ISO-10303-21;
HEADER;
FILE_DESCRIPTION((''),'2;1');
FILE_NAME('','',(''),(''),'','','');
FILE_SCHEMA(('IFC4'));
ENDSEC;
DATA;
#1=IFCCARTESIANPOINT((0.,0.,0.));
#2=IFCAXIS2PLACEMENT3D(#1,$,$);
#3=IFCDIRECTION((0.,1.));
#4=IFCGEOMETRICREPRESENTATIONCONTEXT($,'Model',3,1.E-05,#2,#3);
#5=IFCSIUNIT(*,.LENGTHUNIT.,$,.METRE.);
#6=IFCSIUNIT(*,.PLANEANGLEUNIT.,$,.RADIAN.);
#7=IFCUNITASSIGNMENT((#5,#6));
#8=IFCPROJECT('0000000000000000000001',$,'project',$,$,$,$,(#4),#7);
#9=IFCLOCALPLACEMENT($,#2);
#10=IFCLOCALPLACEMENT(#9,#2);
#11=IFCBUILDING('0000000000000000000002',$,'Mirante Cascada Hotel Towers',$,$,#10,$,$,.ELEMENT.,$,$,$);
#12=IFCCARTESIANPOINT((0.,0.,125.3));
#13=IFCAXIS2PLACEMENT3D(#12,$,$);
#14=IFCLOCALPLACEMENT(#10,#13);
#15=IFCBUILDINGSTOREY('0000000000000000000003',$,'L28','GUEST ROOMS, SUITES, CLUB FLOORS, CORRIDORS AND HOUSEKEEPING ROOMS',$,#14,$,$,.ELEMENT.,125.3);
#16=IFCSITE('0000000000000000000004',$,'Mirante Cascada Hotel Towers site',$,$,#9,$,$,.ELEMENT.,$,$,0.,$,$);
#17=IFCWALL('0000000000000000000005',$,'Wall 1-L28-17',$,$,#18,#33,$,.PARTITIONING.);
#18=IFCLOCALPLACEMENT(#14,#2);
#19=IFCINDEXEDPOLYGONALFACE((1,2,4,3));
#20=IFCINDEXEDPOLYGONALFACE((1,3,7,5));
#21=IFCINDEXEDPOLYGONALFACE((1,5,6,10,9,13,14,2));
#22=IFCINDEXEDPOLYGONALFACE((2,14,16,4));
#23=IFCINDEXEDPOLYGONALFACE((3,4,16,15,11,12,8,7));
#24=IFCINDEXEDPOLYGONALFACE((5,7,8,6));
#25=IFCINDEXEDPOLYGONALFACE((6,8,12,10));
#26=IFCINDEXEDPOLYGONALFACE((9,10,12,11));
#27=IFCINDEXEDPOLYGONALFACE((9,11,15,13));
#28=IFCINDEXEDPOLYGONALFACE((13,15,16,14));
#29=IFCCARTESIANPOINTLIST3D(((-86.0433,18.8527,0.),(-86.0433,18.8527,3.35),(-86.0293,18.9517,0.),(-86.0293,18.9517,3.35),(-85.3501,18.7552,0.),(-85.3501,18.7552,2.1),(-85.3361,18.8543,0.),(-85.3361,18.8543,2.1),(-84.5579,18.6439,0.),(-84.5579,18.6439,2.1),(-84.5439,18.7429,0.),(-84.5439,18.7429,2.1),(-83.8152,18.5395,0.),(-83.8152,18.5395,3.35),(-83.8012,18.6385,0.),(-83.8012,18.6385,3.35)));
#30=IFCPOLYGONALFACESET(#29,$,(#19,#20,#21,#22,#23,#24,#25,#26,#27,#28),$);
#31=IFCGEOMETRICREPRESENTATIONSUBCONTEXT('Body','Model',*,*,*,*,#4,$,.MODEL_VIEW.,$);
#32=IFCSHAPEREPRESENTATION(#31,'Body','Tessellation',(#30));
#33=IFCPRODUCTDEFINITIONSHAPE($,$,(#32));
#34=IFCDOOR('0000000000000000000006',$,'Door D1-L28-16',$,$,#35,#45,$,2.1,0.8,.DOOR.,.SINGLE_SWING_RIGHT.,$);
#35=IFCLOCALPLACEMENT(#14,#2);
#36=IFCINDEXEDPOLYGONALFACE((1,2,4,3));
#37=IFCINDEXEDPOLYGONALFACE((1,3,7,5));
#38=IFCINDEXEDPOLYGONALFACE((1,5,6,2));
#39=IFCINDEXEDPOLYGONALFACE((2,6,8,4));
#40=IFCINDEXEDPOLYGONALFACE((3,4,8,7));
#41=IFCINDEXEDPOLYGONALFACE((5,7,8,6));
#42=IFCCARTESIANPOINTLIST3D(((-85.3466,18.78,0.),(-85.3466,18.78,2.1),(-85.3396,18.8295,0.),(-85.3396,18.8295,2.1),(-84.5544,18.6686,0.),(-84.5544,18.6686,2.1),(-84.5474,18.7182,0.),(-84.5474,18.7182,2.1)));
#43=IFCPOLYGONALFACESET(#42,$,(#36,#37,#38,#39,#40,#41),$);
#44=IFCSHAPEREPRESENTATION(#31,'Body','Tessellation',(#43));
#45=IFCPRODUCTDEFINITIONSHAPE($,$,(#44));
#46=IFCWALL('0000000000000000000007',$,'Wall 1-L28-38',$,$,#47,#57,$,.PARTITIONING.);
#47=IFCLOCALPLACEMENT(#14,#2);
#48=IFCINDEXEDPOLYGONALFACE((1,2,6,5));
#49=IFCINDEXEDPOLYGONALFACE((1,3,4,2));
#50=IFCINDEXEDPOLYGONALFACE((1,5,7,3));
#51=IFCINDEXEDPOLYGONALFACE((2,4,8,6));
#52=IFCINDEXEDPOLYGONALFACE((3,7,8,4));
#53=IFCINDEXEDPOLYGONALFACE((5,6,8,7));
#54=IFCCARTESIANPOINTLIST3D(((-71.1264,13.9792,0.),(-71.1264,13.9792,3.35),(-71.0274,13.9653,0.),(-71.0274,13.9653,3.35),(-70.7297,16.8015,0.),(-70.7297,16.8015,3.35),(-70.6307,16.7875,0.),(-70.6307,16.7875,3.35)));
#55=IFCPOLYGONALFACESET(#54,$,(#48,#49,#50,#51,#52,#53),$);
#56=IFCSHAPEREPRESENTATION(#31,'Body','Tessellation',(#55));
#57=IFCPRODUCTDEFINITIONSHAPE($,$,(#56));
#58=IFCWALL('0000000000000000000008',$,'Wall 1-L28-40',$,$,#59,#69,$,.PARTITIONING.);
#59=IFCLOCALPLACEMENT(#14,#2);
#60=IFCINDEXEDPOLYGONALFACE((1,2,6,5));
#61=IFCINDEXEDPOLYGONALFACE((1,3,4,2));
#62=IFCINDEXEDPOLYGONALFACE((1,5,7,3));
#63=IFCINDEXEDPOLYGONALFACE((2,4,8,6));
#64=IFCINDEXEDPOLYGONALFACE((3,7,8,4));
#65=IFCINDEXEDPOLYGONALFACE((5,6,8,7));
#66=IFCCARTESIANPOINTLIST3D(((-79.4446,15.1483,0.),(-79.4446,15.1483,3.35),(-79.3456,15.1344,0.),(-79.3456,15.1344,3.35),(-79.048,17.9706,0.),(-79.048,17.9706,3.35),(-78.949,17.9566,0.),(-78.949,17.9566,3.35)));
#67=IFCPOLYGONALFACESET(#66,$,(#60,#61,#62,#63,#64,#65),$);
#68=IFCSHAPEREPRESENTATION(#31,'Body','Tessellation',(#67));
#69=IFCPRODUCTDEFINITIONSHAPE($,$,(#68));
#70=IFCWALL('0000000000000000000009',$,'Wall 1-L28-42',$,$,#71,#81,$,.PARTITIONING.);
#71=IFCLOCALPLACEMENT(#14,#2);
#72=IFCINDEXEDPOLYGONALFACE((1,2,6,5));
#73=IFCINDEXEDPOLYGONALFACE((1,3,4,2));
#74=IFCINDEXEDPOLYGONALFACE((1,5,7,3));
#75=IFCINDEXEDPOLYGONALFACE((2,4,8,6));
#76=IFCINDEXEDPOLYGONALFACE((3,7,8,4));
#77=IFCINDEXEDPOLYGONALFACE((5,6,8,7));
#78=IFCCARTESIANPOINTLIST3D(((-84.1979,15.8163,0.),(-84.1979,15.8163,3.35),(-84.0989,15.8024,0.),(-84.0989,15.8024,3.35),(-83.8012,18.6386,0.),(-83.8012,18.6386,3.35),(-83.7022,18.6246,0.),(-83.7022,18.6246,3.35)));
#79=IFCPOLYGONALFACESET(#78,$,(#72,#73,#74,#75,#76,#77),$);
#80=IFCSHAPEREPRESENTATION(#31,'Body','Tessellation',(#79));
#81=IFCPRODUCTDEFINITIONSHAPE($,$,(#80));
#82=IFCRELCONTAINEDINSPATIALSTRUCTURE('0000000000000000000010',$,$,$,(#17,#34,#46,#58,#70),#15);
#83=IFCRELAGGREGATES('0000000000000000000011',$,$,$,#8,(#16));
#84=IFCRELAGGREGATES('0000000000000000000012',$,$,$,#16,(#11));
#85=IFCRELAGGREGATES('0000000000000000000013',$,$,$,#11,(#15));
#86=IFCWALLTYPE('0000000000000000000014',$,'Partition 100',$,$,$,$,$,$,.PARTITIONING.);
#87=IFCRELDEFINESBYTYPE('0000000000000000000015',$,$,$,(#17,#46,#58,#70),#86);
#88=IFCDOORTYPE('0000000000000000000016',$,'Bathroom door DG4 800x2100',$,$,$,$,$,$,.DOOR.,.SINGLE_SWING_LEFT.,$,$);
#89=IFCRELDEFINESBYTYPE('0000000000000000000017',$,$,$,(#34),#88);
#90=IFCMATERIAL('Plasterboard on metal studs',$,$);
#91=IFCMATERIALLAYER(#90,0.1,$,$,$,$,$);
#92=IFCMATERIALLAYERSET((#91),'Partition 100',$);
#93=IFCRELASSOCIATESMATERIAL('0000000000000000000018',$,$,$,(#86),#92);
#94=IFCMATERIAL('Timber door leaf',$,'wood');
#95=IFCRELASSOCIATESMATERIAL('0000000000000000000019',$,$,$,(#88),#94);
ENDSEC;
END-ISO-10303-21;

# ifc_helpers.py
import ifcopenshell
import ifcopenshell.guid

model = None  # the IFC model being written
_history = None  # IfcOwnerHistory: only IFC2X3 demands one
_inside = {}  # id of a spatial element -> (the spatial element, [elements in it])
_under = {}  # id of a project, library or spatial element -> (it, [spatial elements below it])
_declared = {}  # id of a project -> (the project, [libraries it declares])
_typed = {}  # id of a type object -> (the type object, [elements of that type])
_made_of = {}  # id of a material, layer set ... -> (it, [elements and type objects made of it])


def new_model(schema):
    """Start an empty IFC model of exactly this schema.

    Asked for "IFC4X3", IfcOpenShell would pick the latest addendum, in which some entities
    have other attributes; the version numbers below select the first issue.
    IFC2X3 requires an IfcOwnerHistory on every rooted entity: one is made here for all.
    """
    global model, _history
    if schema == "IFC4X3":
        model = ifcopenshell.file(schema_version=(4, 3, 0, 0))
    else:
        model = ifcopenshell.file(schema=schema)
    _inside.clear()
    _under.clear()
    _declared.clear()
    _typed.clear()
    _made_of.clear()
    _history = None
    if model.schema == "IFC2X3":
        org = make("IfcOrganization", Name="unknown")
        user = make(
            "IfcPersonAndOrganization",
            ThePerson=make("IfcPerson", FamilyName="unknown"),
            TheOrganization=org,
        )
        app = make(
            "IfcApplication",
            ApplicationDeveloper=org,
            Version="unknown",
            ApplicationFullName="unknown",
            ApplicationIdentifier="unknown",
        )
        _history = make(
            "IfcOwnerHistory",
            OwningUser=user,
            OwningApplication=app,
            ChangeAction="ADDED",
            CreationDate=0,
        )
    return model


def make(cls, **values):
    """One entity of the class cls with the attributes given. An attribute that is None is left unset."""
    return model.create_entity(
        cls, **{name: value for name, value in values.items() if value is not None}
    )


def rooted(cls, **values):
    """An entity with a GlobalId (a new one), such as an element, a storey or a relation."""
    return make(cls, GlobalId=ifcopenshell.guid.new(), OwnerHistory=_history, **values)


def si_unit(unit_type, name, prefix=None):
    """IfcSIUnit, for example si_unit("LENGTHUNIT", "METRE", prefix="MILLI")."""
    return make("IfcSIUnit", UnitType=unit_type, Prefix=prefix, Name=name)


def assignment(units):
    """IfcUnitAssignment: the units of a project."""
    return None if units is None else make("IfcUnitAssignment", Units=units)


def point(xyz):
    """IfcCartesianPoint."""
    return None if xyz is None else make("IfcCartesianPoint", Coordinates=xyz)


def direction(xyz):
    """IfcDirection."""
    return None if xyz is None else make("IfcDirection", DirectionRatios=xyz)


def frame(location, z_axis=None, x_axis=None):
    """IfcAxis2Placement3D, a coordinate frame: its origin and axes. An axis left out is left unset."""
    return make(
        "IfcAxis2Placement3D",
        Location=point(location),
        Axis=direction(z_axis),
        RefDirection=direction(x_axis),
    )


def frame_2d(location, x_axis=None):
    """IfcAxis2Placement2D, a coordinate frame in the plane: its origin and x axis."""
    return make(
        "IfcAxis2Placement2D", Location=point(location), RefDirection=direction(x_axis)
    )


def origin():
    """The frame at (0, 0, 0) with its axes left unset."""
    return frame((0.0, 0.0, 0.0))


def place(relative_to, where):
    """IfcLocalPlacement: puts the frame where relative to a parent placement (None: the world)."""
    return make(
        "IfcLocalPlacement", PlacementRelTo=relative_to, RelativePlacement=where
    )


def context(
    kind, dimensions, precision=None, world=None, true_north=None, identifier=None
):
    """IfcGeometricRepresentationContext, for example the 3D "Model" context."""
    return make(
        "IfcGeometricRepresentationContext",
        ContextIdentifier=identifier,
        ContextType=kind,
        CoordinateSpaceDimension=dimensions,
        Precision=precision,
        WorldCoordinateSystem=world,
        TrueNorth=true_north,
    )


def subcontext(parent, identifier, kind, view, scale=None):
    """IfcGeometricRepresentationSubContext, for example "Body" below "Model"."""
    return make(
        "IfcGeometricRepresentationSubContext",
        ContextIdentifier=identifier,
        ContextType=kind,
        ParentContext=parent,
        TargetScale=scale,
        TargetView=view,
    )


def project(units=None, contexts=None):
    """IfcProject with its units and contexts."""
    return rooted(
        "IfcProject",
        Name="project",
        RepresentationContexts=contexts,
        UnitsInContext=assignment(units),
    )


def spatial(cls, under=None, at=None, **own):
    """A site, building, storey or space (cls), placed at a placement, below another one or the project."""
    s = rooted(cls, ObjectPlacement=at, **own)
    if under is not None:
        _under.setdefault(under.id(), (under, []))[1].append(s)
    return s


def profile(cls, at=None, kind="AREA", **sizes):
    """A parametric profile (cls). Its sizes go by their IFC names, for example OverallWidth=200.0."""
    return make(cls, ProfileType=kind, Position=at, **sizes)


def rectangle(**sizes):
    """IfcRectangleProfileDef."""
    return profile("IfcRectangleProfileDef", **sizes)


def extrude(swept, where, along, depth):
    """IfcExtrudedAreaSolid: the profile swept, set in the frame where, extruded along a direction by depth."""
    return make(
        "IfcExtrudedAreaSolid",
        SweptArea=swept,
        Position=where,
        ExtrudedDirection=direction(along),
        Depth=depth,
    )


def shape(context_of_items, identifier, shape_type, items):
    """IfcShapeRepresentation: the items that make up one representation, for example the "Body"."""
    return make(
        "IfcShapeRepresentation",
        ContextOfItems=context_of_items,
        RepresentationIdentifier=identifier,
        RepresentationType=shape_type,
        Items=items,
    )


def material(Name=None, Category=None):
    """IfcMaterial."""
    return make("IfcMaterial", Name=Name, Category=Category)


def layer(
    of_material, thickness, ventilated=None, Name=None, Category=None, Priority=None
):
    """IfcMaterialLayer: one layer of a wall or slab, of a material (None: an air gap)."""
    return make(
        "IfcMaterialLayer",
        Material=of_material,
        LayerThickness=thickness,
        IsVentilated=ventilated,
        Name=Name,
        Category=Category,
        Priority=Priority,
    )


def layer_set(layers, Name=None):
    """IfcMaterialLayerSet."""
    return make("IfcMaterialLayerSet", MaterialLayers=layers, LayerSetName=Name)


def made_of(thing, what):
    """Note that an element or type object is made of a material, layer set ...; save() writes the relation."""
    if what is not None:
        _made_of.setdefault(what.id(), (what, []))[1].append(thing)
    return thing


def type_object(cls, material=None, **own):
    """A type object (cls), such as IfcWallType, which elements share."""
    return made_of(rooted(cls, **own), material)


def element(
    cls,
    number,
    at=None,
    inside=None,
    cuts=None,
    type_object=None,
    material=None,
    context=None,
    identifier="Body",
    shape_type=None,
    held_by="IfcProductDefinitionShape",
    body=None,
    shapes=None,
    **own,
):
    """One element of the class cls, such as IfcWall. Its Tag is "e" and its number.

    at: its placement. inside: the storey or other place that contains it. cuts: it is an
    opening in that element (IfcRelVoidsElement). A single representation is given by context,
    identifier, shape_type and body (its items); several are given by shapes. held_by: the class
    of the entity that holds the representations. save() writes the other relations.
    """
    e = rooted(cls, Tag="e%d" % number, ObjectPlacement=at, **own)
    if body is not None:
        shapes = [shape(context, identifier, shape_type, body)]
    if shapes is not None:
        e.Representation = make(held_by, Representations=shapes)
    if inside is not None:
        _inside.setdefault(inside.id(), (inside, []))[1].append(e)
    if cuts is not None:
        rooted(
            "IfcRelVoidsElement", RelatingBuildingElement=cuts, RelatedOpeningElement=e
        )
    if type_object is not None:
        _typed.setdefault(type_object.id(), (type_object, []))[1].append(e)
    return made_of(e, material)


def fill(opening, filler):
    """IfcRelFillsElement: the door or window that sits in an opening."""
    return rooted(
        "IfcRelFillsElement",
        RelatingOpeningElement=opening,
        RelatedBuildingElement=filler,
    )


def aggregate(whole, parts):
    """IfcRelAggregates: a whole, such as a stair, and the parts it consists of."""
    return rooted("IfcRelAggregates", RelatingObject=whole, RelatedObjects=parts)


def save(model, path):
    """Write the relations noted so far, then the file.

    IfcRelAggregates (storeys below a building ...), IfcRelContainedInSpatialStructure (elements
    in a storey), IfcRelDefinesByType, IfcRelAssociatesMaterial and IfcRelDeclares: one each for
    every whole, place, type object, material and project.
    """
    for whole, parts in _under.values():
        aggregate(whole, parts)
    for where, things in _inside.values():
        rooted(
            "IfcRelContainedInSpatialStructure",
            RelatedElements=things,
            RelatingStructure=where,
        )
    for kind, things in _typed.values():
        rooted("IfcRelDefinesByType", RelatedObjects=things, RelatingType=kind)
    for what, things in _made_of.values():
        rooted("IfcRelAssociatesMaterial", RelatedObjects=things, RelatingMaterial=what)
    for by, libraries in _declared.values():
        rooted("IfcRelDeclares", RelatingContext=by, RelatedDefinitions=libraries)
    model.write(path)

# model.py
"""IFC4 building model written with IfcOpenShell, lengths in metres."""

from ifc_helpers import new_model, si_unit, direction, frame, frame_2d, origin, place, context, subcontext, project, spatial, rectangle, extrude, material, layer, layer_set, type_object, element, fill, save


model = new_model("IFC4")

# Units and contexts
model_context = context("Model", 3, precision=1e-05, world=origin(), true_north=direction((0.0, 1.0)))
body_context = subcontext(model_context, "Body", "Model", "MODEL_VIEW")
ifc_project = project(units=[si_unit("LENGTHUNIT", "METRE"), si_unit("PLANEANGLEUNIT", "RADIAN")], contexts=[model_context])

# Site, building, storey
site_placement = place(None, origin())
site = spatial("IfcSite", under=ifc_project, at=site_placement, Name="Mirante Cascada Hotel Towers site", CompositionType="ELEMENT", RefElevation=0.0)
building_placement = place(site_placement, origin())
building = spatial("IfcBuilding", under=site, at=building_placement, Name="Mirante Cascada Hotel Towers", CompositionType="ELEMENT")
storey_placement = place(building_placement, frame((0.0, 0.0, 125.3)))
storey = spatial("IfcBuildingStorey", under=building, at=storey_placement, Name="L28", Description="GUEST ROOMS, SUITES, CLUB FLOORS, CORRIDORS AND HOUSEKEEPING ROOMS", CompositionType="ELEMENT", Elevation=125.3)

# Wall, opening, door
ifc_material_1 = material(Name="Plasterboard on metal studs")
ifc_layer_1 = layer(ifc_material_1, 0.1)
ifc_layer_set_1 = layer_set([ifc_layer_1], Name="Partition 100")
wall_type_1 = type_object("IfcWallType", Name="Partition 100", PredefinedType="PARTITIONING", material=ifc_layer_set_1)
ifc_material_2 = material(Name="Timber door leaf", Category="wood")
door_type = type_object("IfcDoorType", Name="Bathroom door DG4 800x2100", OperationType="SINGLE_SWING_LEFT", PredefinedType="DOOR", material=ifc_material_2)
wall_1_placement = place(storey_placement, frame((-83.8082, 18.589, 0.0), z_axis=(0.0, 0.0, 1.0), x_axis=(-0.990264, 0.1392, 0.0)))
wall_1 = element("IfcWall", 1, at=wall_1_placement, inside=storey, type_object=wall_type_1, Name="Wall 1-L28-17", PredefinedType="PARTITIONING", context=body_context, shape_type="SweptSolid", body=[
    extrude(rectangle(XDim=2.25, YDim=0.1, at=frame_2d((1.125, 0.0))), origin(), (0.0, 0.0, 1.0), 3.35),
])
opening_1_placement = place(wall_1_placement, frame((0.75, 0.0, 0.0)))
opening_1 = element("IfcOpeningElement", 2, at=opening_1_placement, cuts=wall_1, PredefinedType="OPENING", context=body_context, shape_type="SweptSolid", body=[
    extrude(rectangle(XDim=0.8, YDim=2.1, at=frame_2d((0.4, 1.05))), frame((0.0, 0.05, 0.0), z_axis=(0.0, -1.0, 0.0), x_axis=(1.0, 0.0, 0.0)), (0.0, 0.0, 1.0), 0.1),
])
door_1_placement = place(opening_1_placement, frame((0.8, 0.0, 0.0), z_axis=(0.0, 0.0, 1.0), x_axis=(-1.0, 0.0, 0.0)))
door_1 = element("IfcDoor", 3, at=door_1_placement, inside=storey, type_object=door_type, Name="Door D1-L28-16", OperationType="SINGLE_SWING_RIGHT", OverallHeight=2.1, OverallWidth=0.8, PredefinedType="DOOR", context=body_context, shape_type="SweptSolid", body=[
    extrude(rectangle(XDim=0.8, YDim=2.1, at=frame_2d((0.4, 1.05))), frame((0.0, 0.025, 0.0), z_axis=(0.0, -1.0, 0.0), x_axis=(1.0, 0.0, 0.0)), (0.0, 0.0, 1.0), 0.05),
])
fill(opening_1, door_1)

# Walls
for number, where, z_axis, x_axis, name in (
    (4, (-70.6802, 16.7945, 0.0), (0.0, 0.0, 1.0), (-0.139191, -0.990266, 0.0), "Wall 1-L28-38"),
    (5, (-78.9985, 17.9636, 0.0), (0.0, 0.0, 1.0), (-0.139156, -0.99027, 0.0), "Wall 1-L28-40"),
    (6, (-83.7517, 18.6316, 0.0), (0.0, 0.0, 1.0), (-0.139191, -0.990266, 0.0), "Wall 1-L28-42"),
):
    element("IfcWall", number, at=place(storey_placement, frame(where, z_axis=z_axis, x_axis=x_axis)), inside=storey, type_object=wall_type_1, Name=name, PredefinedType="PARTITIONING", context=body_context, shape_type="SweptSolid", body=[
        extrude(rectangle(XDim=2.85, YDim=0.1, at=frame_2d((1.425, 0.0))), origin(), (0.0, 0.0, 1.0), 3.35),
    ])

save(model, "model.ifc")
